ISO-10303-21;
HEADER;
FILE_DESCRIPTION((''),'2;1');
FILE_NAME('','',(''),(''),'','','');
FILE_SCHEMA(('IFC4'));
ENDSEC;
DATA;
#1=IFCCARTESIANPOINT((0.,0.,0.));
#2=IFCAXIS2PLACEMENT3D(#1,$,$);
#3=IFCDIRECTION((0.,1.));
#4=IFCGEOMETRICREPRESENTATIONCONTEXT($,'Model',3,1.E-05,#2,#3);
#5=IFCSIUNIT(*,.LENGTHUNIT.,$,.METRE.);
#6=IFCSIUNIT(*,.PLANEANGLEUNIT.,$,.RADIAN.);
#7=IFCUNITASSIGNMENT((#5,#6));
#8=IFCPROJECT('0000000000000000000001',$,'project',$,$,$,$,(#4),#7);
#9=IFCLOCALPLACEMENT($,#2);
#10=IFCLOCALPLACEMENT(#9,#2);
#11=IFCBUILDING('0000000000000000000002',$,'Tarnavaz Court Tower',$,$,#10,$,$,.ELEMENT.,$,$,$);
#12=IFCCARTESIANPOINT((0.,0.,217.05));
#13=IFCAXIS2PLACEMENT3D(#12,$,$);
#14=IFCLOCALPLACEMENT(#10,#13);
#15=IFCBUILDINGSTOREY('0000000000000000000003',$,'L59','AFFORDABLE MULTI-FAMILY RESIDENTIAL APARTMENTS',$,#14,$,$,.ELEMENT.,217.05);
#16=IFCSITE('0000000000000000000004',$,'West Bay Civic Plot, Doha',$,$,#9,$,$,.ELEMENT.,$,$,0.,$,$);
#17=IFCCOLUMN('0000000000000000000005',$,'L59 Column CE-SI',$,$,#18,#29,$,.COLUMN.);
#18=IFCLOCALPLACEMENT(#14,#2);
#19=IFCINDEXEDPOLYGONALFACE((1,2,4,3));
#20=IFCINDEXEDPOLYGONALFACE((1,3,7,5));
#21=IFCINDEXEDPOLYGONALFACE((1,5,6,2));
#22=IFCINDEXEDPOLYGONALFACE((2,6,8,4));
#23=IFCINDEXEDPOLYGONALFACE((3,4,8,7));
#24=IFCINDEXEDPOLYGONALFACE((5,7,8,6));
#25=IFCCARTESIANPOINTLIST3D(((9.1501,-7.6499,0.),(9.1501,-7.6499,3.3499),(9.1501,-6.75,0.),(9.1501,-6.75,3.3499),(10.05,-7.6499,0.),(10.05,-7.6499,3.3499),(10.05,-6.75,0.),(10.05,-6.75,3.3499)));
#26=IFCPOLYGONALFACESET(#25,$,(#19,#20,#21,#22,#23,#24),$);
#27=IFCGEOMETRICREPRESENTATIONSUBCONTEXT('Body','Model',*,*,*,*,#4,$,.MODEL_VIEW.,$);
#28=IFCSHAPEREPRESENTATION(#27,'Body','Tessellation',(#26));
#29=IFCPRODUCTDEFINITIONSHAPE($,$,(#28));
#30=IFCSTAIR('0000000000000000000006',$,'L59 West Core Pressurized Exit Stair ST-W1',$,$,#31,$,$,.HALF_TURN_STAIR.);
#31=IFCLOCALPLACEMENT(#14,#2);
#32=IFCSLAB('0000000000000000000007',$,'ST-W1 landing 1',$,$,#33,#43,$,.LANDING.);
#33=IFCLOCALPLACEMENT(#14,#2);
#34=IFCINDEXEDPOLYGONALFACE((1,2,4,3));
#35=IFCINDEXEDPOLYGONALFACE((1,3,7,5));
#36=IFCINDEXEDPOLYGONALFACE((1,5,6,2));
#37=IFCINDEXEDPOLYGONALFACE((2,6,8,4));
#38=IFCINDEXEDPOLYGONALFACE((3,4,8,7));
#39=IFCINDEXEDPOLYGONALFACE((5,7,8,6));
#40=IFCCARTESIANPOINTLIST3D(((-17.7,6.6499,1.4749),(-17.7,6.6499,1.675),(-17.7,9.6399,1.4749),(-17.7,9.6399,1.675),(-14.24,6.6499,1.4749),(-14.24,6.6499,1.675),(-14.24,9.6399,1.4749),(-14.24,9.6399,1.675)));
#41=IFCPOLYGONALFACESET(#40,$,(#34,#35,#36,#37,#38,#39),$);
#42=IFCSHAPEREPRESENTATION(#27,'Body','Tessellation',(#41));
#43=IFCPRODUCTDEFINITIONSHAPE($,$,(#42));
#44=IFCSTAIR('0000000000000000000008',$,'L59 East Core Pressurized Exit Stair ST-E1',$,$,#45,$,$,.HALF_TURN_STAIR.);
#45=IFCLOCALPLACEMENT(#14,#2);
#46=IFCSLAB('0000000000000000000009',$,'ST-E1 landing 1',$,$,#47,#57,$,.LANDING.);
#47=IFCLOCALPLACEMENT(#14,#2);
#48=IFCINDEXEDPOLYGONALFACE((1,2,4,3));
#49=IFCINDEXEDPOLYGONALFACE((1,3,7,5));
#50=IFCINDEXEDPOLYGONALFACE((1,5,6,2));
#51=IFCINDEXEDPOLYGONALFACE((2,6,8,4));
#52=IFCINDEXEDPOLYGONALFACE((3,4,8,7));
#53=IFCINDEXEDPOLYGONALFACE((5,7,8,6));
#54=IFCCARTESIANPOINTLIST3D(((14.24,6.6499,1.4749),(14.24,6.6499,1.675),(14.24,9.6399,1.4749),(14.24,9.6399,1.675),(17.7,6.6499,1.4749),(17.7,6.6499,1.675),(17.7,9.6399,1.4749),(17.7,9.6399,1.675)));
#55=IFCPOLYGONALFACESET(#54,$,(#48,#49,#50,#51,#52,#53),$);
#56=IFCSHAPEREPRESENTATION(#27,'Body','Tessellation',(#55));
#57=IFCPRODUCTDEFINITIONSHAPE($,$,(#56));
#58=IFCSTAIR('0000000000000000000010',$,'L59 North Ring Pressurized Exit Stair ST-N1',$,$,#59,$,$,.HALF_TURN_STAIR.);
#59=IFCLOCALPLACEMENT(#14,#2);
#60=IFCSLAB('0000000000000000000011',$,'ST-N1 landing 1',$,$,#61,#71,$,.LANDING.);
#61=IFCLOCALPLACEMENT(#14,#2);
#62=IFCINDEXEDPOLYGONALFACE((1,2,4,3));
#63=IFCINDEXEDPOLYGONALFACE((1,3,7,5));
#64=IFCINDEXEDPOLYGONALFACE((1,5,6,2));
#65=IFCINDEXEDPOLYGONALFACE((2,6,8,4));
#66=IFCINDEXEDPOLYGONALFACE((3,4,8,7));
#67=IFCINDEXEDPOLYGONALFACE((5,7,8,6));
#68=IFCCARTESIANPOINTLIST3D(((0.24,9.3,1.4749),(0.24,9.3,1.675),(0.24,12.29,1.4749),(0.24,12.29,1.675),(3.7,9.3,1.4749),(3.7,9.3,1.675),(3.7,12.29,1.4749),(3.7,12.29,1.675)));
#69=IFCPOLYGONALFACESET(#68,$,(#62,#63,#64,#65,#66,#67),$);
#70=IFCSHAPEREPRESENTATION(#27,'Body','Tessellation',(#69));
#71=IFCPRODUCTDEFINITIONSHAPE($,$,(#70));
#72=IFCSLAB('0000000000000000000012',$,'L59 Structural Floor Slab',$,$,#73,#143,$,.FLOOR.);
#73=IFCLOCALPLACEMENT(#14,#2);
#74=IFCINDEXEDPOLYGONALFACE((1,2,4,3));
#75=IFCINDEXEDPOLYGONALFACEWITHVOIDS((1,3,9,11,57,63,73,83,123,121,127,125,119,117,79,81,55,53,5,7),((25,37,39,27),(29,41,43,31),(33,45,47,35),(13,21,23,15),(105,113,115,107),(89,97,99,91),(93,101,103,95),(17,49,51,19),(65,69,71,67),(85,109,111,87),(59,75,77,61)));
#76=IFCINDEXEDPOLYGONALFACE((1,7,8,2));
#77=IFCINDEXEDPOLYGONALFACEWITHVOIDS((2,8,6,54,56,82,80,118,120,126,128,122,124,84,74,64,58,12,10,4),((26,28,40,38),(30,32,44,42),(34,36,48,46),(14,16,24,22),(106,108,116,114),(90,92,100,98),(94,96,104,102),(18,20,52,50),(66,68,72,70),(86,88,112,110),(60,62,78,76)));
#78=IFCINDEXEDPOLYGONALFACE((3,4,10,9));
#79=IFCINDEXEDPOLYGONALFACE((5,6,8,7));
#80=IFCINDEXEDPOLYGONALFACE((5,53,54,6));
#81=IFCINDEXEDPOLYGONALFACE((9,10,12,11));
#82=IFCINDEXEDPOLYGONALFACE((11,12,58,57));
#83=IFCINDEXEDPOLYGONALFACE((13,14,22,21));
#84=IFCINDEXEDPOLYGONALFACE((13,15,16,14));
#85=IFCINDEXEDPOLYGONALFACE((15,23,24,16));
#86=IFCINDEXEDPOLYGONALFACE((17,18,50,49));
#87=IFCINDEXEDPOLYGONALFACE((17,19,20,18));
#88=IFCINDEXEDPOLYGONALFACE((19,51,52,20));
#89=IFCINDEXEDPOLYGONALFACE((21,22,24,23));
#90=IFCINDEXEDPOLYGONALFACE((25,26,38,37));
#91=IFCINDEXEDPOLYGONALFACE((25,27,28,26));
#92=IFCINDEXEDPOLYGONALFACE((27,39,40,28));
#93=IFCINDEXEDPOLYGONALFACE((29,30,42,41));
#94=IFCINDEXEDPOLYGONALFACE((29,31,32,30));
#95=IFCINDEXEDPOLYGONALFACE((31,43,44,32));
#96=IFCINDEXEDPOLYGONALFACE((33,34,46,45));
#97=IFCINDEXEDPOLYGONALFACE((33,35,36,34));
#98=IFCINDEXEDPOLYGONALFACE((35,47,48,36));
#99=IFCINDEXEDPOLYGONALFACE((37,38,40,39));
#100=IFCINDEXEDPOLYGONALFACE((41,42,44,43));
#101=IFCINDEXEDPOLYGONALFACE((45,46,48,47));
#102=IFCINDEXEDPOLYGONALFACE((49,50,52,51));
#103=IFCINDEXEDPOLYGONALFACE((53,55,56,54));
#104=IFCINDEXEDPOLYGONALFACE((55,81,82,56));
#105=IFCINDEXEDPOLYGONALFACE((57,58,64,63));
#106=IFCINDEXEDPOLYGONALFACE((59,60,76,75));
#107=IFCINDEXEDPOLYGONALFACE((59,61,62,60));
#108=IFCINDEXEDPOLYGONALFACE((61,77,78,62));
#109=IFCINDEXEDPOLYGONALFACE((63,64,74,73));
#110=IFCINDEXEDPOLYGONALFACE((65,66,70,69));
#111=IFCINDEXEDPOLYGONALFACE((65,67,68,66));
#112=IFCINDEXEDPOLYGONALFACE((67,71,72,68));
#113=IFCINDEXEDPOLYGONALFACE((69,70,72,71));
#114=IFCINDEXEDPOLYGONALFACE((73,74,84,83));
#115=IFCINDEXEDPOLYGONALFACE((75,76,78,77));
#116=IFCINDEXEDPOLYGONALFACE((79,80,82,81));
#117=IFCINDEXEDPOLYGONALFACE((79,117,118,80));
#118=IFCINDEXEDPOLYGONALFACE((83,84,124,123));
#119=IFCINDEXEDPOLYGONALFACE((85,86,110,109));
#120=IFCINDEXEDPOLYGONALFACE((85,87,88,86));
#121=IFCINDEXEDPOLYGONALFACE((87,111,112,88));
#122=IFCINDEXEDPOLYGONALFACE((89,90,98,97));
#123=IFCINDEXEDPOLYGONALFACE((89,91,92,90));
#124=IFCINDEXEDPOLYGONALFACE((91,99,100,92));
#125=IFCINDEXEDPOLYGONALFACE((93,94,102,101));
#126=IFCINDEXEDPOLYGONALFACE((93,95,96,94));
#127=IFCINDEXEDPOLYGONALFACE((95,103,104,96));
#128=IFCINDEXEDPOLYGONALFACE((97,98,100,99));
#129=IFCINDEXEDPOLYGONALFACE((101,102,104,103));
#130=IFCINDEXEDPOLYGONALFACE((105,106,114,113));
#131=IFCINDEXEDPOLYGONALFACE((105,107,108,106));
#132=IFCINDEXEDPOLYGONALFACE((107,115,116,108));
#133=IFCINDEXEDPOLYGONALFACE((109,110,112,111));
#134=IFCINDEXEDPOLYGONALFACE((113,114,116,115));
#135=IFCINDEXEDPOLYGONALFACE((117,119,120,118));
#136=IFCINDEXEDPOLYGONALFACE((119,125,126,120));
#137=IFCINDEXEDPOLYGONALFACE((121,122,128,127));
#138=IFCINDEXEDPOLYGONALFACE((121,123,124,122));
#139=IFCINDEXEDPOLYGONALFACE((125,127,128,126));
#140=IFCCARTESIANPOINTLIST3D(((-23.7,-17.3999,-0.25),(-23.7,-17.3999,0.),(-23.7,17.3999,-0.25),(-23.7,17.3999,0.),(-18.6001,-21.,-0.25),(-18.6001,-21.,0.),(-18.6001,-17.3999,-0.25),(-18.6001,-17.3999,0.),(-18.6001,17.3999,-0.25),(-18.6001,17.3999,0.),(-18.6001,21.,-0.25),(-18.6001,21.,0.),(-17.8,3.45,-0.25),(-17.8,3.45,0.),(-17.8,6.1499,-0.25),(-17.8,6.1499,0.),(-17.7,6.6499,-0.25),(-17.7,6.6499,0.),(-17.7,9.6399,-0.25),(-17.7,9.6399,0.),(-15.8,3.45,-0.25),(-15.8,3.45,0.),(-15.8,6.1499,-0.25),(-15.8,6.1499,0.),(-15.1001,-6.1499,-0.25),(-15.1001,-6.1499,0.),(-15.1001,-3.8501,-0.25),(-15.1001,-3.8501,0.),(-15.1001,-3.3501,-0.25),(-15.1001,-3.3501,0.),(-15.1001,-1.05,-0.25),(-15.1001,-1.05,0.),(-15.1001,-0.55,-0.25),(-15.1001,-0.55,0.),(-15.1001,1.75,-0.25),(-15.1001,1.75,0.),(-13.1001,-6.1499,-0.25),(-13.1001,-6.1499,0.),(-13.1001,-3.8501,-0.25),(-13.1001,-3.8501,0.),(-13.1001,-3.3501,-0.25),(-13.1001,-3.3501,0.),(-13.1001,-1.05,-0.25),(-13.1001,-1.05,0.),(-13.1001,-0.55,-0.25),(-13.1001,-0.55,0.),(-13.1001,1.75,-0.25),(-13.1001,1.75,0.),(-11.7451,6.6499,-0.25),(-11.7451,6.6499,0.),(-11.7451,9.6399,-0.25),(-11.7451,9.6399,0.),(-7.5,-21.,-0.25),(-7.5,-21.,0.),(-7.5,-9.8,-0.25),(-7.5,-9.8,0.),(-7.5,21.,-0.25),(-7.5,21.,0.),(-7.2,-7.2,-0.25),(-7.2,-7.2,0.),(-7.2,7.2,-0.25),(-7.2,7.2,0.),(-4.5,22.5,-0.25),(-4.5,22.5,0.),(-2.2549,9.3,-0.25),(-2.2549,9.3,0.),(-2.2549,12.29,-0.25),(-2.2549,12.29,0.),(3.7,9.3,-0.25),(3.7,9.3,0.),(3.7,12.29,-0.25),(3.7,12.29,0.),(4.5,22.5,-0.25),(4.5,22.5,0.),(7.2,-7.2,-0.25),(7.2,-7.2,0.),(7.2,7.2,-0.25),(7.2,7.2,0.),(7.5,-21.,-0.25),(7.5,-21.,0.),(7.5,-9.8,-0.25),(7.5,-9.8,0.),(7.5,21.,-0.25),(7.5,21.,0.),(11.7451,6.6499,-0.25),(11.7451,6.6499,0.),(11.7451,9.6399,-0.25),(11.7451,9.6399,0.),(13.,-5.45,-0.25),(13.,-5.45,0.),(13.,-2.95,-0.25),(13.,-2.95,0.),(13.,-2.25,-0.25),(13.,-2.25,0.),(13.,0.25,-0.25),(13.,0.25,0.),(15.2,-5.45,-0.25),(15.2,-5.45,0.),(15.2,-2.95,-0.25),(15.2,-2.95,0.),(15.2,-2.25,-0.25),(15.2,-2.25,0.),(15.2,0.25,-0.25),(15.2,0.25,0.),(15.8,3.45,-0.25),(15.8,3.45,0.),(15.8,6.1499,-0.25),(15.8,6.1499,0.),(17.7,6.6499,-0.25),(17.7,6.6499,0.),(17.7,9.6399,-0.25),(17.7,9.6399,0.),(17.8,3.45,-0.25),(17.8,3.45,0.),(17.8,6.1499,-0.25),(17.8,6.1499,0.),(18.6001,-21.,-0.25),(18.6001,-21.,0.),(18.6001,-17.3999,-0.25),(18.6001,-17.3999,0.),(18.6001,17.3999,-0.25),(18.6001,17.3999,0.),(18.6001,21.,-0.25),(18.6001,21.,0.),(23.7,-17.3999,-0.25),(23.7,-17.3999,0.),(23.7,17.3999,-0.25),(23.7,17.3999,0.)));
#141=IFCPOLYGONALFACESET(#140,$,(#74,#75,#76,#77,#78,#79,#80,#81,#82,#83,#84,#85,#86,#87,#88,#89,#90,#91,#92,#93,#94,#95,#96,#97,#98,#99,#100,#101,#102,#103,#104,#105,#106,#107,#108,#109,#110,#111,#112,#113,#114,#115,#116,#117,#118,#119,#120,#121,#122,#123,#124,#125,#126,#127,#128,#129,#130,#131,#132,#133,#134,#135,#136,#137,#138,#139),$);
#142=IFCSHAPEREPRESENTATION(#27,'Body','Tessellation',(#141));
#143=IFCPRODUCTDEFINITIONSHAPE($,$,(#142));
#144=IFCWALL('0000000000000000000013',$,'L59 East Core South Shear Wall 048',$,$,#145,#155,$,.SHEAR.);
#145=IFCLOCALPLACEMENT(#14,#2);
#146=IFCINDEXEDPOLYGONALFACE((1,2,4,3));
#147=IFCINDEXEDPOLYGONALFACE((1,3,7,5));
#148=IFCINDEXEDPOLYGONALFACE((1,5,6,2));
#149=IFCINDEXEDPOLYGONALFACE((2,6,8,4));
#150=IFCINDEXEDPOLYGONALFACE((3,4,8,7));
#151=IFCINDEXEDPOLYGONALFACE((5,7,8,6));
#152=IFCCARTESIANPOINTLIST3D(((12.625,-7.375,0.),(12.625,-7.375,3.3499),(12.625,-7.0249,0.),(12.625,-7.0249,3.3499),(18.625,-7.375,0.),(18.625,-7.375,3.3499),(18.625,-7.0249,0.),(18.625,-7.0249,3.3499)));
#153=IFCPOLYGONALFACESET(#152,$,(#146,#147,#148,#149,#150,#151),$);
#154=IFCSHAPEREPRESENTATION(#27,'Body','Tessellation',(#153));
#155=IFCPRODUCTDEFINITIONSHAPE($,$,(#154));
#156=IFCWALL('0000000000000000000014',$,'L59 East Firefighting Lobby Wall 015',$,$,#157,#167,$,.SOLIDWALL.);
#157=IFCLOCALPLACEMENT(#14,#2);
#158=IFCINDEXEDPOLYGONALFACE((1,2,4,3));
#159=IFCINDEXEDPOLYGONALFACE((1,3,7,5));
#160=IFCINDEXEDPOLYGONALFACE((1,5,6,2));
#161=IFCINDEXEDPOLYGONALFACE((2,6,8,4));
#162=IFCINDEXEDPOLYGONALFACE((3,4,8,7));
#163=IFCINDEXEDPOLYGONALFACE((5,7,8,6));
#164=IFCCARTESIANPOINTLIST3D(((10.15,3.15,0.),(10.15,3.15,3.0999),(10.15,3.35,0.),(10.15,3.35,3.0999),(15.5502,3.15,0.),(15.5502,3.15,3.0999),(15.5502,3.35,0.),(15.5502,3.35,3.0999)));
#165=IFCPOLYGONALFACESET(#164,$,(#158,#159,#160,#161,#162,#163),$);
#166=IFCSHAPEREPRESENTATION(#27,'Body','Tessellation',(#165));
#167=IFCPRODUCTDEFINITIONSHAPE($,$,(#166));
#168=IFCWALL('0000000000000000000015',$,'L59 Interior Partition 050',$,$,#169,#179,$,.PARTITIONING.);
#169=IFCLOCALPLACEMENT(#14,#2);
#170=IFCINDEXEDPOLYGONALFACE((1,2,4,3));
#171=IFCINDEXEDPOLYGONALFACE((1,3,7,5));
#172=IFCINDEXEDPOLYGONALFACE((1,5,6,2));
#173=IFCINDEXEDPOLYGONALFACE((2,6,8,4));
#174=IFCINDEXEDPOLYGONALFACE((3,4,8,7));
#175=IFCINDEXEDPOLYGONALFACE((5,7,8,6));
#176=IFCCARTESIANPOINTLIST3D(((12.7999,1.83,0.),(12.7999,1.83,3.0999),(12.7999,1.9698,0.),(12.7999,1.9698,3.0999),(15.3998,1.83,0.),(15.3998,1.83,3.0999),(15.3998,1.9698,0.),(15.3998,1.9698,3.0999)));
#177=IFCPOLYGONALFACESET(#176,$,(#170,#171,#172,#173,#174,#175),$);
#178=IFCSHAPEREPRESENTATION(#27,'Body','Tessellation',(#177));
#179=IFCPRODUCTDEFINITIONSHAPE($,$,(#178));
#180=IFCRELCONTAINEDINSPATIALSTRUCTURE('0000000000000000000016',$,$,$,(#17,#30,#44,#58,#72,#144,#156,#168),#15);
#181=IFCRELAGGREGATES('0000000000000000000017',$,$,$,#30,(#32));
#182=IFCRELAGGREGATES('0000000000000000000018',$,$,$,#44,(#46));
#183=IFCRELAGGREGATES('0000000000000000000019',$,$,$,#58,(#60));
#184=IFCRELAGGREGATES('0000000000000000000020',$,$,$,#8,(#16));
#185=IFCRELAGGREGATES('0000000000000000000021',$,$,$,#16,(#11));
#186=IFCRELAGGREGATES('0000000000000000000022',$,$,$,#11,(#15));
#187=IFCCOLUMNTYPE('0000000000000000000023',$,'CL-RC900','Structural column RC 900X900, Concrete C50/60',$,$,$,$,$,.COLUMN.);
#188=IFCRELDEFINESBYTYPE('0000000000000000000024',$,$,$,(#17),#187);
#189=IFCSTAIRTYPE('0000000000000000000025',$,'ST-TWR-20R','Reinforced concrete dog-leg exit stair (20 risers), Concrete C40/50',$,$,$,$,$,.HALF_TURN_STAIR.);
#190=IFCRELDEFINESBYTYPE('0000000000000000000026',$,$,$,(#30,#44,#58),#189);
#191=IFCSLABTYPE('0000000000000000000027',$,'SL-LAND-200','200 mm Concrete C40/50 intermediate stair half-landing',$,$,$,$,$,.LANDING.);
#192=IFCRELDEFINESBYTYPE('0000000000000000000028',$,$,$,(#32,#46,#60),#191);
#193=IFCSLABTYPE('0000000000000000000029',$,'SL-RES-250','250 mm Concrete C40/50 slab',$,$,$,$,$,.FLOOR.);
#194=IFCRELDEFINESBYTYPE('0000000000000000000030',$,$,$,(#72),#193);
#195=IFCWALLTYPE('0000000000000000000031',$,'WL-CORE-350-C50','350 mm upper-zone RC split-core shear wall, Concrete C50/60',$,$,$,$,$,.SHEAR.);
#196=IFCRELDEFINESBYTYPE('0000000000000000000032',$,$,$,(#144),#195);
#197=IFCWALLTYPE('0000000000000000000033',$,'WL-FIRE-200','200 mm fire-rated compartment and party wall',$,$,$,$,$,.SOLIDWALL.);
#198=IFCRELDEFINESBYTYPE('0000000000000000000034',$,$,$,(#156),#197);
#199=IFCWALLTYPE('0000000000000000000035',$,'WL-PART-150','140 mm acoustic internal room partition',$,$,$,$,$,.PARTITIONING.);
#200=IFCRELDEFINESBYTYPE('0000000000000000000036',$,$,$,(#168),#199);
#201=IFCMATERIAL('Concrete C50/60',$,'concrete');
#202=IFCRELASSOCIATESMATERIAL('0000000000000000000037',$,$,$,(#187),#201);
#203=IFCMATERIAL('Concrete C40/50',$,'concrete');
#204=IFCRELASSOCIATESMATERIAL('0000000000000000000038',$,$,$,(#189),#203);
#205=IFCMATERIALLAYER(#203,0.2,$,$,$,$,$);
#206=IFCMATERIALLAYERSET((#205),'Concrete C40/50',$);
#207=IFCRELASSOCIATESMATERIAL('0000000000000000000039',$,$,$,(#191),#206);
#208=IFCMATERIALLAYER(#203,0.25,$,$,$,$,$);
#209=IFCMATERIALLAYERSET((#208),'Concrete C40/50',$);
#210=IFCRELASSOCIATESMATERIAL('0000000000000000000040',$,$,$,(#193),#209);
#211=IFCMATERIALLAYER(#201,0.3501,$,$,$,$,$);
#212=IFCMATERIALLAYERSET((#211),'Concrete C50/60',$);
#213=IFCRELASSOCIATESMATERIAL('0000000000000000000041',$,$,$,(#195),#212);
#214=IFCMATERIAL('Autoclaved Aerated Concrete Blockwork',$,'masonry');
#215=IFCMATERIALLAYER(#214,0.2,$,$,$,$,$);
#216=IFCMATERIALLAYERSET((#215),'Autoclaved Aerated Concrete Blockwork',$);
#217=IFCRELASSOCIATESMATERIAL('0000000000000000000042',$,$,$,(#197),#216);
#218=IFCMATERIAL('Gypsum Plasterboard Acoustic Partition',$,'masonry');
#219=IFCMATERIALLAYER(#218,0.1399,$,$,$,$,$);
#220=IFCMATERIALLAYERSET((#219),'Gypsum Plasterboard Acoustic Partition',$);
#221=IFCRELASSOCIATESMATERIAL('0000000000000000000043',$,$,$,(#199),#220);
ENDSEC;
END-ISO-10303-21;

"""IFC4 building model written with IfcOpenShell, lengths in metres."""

from ifc_helpers import new_model, si_unit, direction, frame, frame_2d, origin, origin_2d, place, context, subcontext, project, spatial, polyline, rectangle, outline, extrude, material, layer, layer_set, material_profile, profile_set, type_object, element, aggregate, save


model = new_model("IFC4")

# Units and contexts
model_context = context("Model", 3, precision=1e-05, world=origin(), true_north=direction((0.0, 1.0)))
body_context = subcontext(model_context, "Body", "Model", "MODEL_VIEW")
ifc_project = project(units=[si_unit("LENGTHUNIT", "METRE"), si_unit("PLANEANGLEUNIT", "RADIAN")], contexts=[model_context])

# Site, building, storey
site_placement = place(None, origin())
site = spatial("IfcSite", under=ifc_project, at=site_placement, Name="West Bay Civic Plot, Doha", CompositionType="ELEMENT", RefElevation=0.0)
building_placement = place(site_placement, origin())
building = spatial("IfcBuilding", under=site, at=building_placement, Name="Tarnavaz Court Tower", CompositionType="ELEMENT")
storey_placement = place(building_placement, frame((0.0, 0.0, 217.05)))
storey = spatial("IfcBuildingStorey", under=building, at=storey_placement, Name="L59", Description="AFFORDABLE MULTI-FAMILY RESIDENTIAL APARTMENTS", CompositionType="ELEMENT", Elevation=217.05)

# Column
ifc_material_1 = material(Name="Concrete C50/60", Category="concrete")
ifc_material_profile = material_profile(ifc_material_1, rectangle(XDim=0.8999, YDim=0.8999, at=origin_2d()), Name="RC 900X900")
ifc_profile_set = profile_set([ifc_material_profile], Name="Concrete C50/60")
column_type = type_object("IfcColumnType", Name="CL-RC900", Description="Structural column RC 900X900, Concrete C50/60", PredefinedType="COLUMN", material=ifc_profile_set)
column_placement = place(storey_placement, frame((9.6001, -7.2, 0.0), z_axis=(0.0, 0.0, 1.0), x_axis=(1.0, 0.0, 0.0)))
element("IfcColumn", 1, at=column_placement, inside=storey, type_object=column_type, Name="L59 Column CE-SI", PredefinedType="COLUMN", context=body_context, shape_type="SweptSolid", body=[
    extrude(rectangle(XDim=0.8999, YDim=0.8999, at=origin_2d()), origin(), (0.0, 0.0, 1.0), 3.3499),
])

# Stairs, slabs
ifc_material_2 = material(Name="Concrete C40/50", Category="concrete")
stair_type = type_object("IfcStairType", Name="ST-TWR-20R", Description="Reinforced concrete dog-leg exit stair (20 risers), Concrete C40/50", PredefinedType="HALF_TURN_STAIR", material=ifc_material_2)
stair_1_placement = place(storey_placement, origin())
stair_1 = element("IfcStair", 2, at=stair_1_placement, inside=storey, type_object=stair_type, Name="L59 West Core Pressurized Exit Stair ST-W1", PredefinedType="HALF_TURN_STAIR")
ifc_layer_1 = layer(ifc_material_2, 0.2)
ifc_layer_set_1 = layer_set([ifc_layer_1], Name="Concrete C40/50")
slab_type_1 = type_object("IfcSlabType", Name="SL-LAND-200", Description="200 mm Concrete C40/50 intermediate stair half-landing", PredefinedType="LANDING", material=ifc_layer_set_1)
slab_1_placement = place(storey_placement, frame((0.0, 0.0, 1.4749)))
slab_1 = element("IfcSlab", 3, at=slab_1_placement, type_object=slab_type_1, Name="ST-W1 landing 1", PredefinedType="LANDING", context=body_context, shape_type="SweptSolid", body=[
    extrude(outline(polyline([(-14.24, 9.6399), (-17.7, 9.6399), (-17.7, 6.6499), (-14.24, 6.6499), (-14.24, 9.6399)])), origin(), (0.0, 0.0, 1.0), 0.2002),
])
aggregate(stair_1, [slab_1])
stair_2_placement = place(storey_placement, origin())
stair_2 = element("IfcStair", 4, at=stair_2_placement, inside=storey, type_object=stair_type, Name="L59 East Core Pressurized Exit Stair ST-E1", PredefinedType="HALF_TURN_STAIR")
slab_2_placement = place(storey_placement, frame((0.0, 0.0, 1.4749)))
slab_2 = element("IfcSlab", 5, at=slab_2_placement, type_object=slab_type_1, Name="ST-E1 landing 1", PredefinedType="LANDING", context=body_context, shape_type="SweptSolid", body=[
    extrude(outline(polyline([(14.24, 6.6499), (17.7, 6.6499), (17.7, 9.6399), (14.24, 9.6399), (14.24, 6.6499)])), origin(), (0.0, 0.0, 1.0), 0.2002),
])
aggregate(stair_2, [slab_2])
stair_3_placement = place(storey_placement, origin())
stair_3 = element("IfcStair", 6, at=stair_3_placement, inside=storey, type_object=stair_type, Name="L59 North Ring Pressurized Exit Stair ST-N1", PredefinedType="HALF_TURN_STAIR")
slab_3_placement = place(storey_placement, frame((0.0, 0.0, 1.4749)))
slab_3 = element("IfcSlab", 7, at=slab_3_placement, type_object=slab_type_1, Name="ST-N1 landing 1", PredefinedType="LANDING", context=body_context, shape_type="SweptSolid", body=[
    extrude(outline(polyline([(0.24, 9.3), (3.7, 9.3), (3.7, 12.29), (0.24, 12.29), (0.24, 9.3)])), origin(), (0.0, 0.0, 1.0), 0.2002),
])
aggregate(stair_3, [slab_3])

# Slab
ifc_layer_2 = layer(ifc_material_2, 0.25)
ifc_layer_set_2 = layer_set([ifc_layer_2], Name="Concrete C40/50")
slab_type_2 = type_object("IfcSlabType", Name="SL-RES-250", Description="250 mm Concrete C40/50 slab", PredefinedType="FLOOR", material=ifc_layer_set_2)
slab_4_placement = place(storey_placement, frame((0.0, 0.0, -0.25)))
element("IfcSlab", 8, at=slab_4_placement, inside=storey, type_object=slab_type_2, Name="L59 Structural Floor Slab", PredefinedType="FLOOR", context=body_context, shape_type="SweptSolid", body=[
    extrude(outline(polyline([(-18.6001, -21.0), (-7.5, -21.0), (-7.5, -9.8), (7.5, -9.8), (7.5, -21.0), (18.6001, -21.0), (18.6001, -17.3999), (23.7, -17.3999), (23.7, 17.3999), (18.6001, 17.3999), (18.6001, 21.0), (7.5, 21.0), (4.5, 22.5), (-4.5, 22.5), (-7.5, 21.0), (-18.6001, 21.0), (-18.6001, 17.3999), (-23.7, 17.3999), (-23.7, -17.3999), (-18.6001, -17.3999), (-18.6001, -21.0)]), holes=[polyline([(-7.2, -7.2), (7.2, -7.2), (7.2, 7.2), (-7.2, 7.2), (-7.2, -7.2)]), polyline([(-11.7451, 9.6399), (-17.7, 9.6399), (-17.7, 6.6499), (-11.7451, 6.6499), (-11.7451, 9.6399)]), polyline([(11.7451, 6.6499), (17.7, 6.6499), (17.7, 9.6399), (11.7451, 9.6399), (11.7451, 6.6499)]), polyline([(-2.2549, 9.3), (3.7, 9.3), (3.7, 12.29), (-2.2549, 12.29), (-2.2549, 9.3)]), polyline([(-17.8, 3.45), (-15.8, 3.45), (-15.8, 6.1499), (-17.8, 6.1499), (-17.8, 3.45)]), polyline([(-15.1001, -6.1499), (-13.1001, -6.1499), (-13.1001, -3.8501), (-15.1001, -3.8501), (-15.1001, -6.1499)]), polyline([(-15.1001, -3.3501), (-13.1001, -3.3501), (-13.1001, -1.05), (-15.1001, -1.05), (-15.1001, -3.3501)]), polyline([(-15.1001, -0.55), (-13.1001, -0.55), (-13.1001, 1.75), (-15.1001, 1.75), (-15.1001, -0.55)]), polyline([(15.8, 3.45), (17.8, 3.45), (17.8, 6.1499), (15.8, 6.1499), (15.8, 3.45)]), polyline([(13.0, -5.45), (15.2, -5.45), (15.2, -2.95), (13.0, -2.95), (13.0, -5.45)]), polyline([(13.0, -2.25), (15.2, -2.25), (15.2, 0.25), (13.0, 0.25), (13.0, -2.25)])]), origin(), (0.0, 0.0, 1.0), 0.25),
])

# Walls
ifc_layer_3 = layer(ifc_material_1, 0.3501)
ifc_layer_set_3 = layer_set([ifc_layer_3], Name="Concrete C50/60")
wall_type_1 = type_object("IfcWallType", Name="WL-CORE-350-C50", Description="350 mm upper-zone RC split-core shear wall, Concrete C50/60", PredefinedType="SHEAR", material=ifc_layer_set_3)
wall_1_placement = place(storey_placement, frame((12.625, -7.2, 0.0), z_axis=(0.0, 0.0, 1.0), x_axis=(1.0, 0.0, 0.0)))
element("IfcWall", 9, at=wall_1_placement, inside=storey, type_object=wall_type_1, Name="L59 East Core South Shear Wall 048", PredefinedType="SHEAR", context=body_context, shape_type="SweptSolid", body=[
    extrude(rectangle(XDim=6.0, YDim=0.3501, at=frame_2d((3.0, 0.0))), origin(), (0.0, 0.0, 1.0), 3.3499),
])
ifc_material_3 = material(Name="Autoclaved Aerated Concrete Blockwork", Category="masonry")
ifc_layer_4 = layer(ifc_material_3, 0.2)
ifc_layer_set_4 = layer_set([ifc_layer_4], Name="Autoclaved Aerated Concrete Blockwork")
wall_type_2 = type_object("IfcWallType", Name="WL-FIRE-200", Description="200 mm fire-rated compartment and party wall", PredefinedType="SOLIDWALL", material=ifc_layer_set_4)
wall_2_placement = place(storey_placement, frame((10.1499, 3.25, 0.0), z_axis=(0.0, 0.0, 1.0), x_axis=(1.0, 0.0, 0.0)))
element("IfcWall", 10, at=wall_2_placement, inside=storey, type_object=wall_type_2, Name="L59 East Firefighting Lobby Wall 015", PredefinedType="SOLIDWALL", context=body_context, shape_type="SweptSolid", body=[
    extrude(rectangle(XDim=5.4001, YDim=0.2, at=frame_2d((2.7002, 0.0))), origin(), (0.0, 0.0, 1.0), 3.0999),
])

# Wall
ifc_material_4 = material(Name="Gypsum Plasterboard Acoustic Partition", Category="masonry")
ifc_layer_5 = layer(ifc_material_4, 0.1399)
ifc_layer_set_5 = layer_set([ifc_layer_5], Name="Gypsum Plasterboard Acoustic Partition")
wall_type_3 = type_object("IfcWallType", Name="WL-PART-150", Description="140 mm acoustic internal room partition", PredefinedType="PARTITIONING", material=ifc_layer_set_5)
wall_3_placement = place(storey_placement, frame((12.8, 1.8999, 0.0), z_axis=(0.0, 0.0, 1.0), x_axis=(1.0, 0.0, 0.0)))
element("IfcWall", 11, at=wall_3_placement, inside=storey, type_object=wall_type_3, Name="L59 Interior Partition 050", PredefinedType="PARTITIONING", context=body_context, shape_type="SweptSolid", body=[
    extrude(rectangle(XDim=2.5999, YDim=0.1399, at=frame_2d((1.2998, 0.0))), origin(), (0.0, 0.0, 1.0), 3.0999),
])

save(model, "model.ifc")
